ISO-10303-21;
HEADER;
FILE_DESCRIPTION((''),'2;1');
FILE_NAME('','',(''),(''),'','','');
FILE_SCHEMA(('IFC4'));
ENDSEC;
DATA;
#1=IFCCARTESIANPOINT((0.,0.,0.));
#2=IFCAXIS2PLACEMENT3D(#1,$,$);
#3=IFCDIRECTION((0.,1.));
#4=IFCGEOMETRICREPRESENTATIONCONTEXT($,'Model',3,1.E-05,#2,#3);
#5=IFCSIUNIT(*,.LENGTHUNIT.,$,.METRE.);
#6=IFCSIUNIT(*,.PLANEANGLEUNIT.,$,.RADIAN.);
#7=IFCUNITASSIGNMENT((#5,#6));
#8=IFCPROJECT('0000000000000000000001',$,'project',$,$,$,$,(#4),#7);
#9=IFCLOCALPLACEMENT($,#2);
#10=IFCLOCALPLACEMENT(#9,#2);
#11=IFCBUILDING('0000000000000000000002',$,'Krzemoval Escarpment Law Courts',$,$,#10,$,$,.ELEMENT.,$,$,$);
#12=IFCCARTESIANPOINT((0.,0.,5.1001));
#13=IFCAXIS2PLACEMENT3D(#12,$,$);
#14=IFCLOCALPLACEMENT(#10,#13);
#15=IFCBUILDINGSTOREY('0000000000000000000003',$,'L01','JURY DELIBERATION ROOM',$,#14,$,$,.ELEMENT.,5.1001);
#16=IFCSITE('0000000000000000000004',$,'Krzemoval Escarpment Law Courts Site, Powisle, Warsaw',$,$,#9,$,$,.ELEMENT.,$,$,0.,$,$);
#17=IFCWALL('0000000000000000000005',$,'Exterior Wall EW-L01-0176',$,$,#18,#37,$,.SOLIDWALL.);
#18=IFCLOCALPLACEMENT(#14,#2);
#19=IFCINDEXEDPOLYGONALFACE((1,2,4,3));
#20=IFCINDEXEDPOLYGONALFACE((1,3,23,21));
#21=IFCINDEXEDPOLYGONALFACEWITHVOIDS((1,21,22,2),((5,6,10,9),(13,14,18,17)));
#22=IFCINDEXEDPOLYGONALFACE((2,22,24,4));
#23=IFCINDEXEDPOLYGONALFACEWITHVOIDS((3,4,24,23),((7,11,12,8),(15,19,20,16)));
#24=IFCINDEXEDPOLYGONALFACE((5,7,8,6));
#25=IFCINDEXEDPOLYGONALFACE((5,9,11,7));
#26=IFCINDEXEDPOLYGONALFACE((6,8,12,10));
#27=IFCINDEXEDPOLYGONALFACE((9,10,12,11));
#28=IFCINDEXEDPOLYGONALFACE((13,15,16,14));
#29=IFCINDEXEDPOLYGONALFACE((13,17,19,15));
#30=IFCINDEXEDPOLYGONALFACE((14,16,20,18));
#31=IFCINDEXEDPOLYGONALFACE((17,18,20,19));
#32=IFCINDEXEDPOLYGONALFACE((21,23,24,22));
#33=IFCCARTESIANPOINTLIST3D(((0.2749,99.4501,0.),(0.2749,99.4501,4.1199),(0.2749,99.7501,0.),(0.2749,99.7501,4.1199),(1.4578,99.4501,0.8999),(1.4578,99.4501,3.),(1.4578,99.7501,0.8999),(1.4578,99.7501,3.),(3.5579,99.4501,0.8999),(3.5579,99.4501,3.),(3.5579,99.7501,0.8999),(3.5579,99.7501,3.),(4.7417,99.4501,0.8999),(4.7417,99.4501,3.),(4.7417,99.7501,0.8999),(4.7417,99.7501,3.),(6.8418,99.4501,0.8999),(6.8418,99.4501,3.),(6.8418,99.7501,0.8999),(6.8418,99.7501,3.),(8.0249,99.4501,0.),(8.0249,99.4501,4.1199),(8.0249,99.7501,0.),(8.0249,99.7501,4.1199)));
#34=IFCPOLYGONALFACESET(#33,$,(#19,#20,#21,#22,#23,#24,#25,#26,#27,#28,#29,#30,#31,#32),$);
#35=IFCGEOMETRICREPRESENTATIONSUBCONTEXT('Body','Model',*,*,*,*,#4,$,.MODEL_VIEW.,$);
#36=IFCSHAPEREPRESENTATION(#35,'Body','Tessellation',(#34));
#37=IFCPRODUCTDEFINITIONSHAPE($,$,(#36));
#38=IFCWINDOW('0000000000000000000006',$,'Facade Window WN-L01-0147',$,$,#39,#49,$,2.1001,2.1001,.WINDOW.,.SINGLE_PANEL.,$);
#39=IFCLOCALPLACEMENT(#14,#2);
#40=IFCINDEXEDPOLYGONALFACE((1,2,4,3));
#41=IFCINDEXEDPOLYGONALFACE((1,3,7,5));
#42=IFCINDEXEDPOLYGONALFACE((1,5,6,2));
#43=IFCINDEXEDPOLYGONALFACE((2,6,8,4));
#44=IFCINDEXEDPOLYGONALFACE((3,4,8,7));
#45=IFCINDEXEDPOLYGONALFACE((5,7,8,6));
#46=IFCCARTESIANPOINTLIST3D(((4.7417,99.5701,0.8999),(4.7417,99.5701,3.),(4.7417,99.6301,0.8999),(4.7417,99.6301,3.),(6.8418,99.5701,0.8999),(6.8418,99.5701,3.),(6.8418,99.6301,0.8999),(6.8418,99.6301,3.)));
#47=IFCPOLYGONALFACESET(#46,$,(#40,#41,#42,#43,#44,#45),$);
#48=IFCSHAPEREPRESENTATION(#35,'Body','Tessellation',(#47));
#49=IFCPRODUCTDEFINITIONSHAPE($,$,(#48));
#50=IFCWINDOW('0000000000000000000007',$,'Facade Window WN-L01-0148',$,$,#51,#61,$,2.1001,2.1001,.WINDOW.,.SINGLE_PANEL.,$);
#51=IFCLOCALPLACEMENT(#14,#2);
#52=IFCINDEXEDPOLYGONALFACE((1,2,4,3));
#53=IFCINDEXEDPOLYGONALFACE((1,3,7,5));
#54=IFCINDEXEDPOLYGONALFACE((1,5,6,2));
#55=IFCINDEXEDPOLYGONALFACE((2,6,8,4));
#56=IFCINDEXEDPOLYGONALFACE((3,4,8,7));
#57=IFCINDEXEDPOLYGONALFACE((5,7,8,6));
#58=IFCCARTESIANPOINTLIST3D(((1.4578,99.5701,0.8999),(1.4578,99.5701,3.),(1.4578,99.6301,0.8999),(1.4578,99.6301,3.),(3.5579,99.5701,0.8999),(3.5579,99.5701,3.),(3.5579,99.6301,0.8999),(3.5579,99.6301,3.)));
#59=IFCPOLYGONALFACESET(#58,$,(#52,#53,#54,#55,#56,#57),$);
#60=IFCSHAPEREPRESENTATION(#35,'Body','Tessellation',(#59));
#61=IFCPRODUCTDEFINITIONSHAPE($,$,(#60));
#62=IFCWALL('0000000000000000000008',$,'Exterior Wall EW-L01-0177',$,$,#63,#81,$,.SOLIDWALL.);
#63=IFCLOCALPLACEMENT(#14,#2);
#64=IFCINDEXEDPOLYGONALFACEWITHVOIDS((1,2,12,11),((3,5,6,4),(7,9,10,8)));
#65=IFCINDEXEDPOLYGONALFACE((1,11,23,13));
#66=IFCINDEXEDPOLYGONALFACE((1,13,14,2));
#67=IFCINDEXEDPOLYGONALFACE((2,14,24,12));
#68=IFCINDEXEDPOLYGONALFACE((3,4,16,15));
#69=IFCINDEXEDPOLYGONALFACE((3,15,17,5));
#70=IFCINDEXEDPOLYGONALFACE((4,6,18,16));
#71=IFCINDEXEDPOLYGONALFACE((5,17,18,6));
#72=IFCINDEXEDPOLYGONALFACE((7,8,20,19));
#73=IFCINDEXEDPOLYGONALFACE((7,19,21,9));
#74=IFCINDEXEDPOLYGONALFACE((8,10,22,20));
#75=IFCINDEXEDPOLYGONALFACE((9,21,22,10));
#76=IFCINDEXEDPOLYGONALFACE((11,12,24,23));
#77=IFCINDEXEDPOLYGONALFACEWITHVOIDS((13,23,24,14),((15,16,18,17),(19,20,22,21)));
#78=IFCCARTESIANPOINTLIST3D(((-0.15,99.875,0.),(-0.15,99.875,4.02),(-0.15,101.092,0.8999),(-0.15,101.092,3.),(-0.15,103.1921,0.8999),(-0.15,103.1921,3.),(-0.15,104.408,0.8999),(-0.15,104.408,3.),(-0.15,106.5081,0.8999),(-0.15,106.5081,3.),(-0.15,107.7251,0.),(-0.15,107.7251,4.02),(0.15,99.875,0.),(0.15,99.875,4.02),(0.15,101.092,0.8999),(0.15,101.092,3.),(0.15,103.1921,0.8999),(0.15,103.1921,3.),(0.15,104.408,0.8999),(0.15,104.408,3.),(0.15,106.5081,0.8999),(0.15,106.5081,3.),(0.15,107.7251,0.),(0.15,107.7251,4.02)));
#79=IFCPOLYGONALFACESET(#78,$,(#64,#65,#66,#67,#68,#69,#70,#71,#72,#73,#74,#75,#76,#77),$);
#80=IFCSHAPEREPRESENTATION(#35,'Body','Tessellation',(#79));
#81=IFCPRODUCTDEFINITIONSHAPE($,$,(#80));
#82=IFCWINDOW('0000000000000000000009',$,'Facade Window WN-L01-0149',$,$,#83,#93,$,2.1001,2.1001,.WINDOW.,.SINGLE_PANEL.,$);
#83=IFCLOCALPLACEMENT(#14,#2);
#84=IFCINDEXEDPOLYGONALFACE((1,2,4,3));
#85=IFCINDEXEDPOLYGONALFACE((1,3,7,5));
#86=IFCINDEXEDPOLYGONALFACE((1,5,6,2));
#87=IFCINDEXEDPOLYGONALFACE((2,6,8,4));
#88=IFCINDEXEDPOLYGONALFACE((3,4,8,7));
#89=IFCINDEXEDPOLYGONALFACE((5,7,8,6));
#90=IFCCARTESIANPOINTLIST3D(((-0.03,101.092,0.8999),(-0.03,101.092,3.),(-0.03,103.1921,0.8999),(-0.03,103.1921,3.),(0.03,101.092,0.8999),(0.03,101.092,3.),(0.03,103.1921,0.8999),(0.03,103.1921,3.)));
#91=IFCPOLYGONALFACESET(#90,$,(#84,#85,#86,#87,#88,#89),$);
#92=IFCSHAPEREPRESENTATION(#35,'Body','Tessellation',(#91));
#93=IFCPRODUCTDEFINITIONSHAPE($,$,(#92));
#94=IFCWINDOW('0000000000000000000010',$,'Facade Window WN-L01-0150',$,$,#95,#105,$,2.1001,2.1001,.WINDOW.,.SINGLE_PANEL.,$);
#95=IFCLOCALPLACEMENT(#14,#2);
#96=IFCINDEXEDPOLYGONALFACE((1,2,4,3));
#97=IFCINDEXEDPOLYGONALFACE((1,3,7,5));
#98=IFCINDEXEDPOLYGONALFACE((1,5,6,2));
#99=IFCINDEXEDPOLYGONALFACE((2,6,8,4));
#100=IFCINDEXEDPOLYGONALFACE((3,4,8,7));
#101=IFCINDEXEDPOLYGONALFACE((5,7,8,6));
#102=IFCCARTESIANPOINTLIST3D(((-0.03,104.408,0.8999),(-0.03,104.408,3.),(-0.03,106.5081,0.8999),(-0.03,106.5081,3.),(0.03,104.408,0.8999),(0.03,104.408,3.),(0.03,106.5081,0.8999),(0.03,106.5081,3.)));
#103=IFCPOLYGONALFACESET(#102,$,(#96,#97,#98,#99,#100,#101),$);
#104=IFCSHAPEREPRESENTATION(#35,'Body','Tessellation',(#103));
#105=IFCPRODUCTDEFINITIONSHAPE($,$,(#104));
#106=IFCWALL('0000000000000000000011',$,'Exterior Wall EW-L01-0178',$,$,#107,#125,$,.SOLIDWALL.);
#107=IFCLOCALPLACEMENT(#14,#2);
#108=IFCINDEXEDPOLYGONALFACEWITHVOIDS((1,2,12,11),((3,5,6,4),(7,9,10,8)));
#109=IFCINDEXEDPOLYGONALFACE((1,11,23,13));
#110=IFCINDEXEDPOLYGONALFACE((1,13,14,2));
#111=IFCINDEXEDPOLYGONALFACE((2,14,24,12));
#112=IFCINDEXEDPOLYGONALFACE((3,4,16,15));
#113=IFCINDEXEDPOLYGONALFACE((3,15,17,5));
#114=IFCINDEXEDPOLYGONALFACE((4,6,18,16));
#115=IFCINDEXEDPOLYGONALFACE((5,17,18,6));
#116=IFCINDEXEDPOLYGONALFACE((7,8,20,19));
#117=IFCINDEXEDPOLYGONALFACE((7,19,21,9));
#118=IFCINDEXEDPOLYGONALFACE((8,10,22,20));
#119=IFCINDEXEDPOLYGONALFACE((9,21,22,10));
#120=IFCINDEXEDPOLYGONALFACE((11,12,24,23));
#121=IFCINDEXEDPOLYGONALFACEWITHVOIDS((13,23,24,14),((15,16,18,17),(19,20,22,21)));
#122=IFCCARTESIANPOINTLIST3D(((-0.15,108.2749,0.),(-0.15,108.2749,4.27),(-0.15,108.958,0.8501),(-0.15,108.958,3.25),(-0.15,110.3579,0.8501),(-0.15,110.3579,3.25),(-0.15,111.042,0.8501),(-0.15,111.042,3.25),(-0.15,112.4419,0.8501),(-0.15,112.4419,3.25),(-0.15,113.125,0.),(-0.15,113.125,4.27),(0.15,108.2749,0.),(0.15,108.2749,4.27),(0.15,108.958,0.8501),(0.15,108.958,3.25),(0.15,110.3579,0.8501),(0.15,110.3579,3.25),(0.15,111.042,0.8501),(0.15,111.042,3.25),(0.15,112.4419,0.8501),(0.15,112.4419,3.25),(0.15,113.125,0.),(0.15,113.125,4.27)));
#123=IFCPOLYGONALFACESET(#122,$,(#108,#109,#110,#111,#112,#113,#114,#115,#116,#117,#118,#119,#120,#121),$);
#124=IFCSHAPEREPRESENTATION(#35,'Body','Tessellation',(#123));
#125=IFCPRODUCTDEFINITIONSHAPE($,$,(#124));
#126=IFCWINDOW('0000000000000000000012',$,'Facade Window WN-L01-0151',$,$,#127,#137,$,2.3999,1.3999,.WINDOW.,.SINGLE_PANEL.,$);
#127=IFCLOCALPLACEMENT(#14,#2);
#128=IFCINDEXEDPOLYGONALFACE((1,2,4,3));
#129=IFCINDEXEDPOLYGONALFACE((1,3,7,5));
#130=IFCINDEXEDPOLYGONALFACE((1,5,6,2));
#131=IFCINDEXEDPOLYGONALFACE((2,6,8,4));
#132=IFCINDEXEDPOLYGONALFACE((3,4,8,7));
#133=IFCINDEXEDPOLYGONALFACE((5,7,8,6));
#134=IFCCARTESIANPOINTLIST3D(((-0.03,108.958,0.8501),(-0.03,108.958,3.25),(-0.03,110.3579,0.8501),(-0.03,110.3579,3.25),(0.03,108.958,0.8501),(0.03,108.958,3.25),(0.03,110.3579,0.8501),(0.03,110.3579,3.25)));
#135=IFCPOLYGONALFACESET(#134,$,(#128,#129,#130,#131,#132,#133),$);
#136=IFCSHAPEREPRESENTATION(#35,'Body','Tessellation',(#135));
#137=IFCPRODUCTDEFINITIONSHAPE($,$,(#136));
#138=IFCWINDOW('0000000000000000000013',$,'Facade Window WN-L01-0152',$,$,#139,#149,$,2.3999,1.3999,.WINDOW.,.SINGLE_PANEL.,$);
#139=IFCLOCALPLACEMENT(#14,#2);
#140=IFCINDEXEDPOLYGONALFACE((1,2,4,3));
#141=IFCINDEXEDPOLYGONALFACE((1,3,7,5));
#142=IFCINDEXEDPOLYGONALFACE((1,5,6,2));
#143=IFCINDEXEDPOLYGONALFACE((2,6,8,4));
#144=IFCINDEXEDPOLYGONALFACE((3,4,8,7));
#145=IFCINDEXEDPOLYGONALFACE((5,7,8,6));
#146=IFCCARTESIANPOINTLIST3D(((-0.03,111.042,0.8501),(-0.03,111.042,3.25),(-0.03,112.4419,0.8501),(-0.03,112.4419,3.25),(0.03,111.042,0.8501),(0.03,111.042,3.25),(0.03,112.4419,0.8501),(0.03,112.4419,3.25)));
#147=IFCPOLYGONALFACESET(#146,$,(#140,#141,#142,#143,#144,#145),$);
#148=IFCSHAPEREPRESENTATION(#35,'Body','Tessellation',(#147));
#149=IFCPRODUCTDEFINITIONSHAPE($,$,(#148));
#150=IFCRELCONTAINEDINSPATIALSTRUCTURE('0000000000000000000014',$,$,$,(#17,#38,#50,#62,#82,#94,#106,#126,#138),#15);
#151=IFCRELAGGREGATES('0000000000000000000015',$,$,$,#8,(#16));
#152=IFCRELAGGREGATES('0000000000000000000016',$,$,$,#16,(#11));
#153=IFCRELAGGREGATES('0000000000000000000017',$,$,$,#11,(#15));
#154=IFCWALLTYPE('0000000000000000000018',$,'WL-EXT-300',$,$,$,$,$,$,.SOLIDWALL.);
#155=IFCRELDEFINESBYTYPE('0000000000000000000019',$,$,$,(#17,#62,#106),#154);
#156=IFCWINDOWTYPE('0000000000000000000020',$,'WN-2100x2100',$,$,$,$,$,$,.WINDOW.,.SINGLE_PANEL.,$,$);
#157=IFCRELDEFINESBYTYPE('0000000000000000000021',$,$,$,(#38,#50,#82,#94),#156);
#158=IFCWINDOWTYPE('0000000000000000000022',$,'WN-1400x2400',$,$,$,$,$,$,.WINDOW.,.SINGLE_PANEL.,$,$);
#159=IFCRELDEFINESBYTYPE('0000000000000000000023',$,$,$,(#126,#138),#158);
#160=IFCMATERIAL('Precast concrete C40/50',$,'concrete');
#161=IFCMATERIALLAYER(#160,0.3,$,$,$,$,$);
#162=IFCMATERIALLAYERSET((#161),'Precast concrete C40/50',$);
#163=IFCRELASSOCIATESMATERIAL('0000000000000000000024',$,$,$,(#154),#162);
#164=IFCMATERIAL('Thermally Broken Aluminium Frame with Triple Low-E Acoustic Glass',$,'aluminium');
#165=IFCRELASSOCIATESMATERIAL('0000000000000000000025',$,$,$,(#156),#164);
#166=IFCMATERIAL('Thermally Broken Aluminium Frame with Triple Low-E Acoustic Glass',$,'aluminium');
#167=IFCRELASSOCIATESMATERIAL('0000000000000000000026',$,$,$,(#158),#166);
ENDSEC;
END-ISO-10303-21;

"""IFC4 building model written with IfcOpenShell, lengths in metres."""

from ifc_helpers import new_model, si_unit, direction, frame, frame_2d, origin, place, context, subcontext, project, spatial, rectangle, extrude, material, layer, layer_set, type_object, element, fill, save


model = new_model("IFC4")

# Units and contexts
model_context = context("Model", 3, precision=1e-05, world=origin(), true_north=direction((0.0, 1.0)))
body_context = subcontext(model_context, "Body", "Model", "MODEL_VIEW")
ifc_project = project(units=[si_unit("LENGTHUNIT", "METRE"), si_unit("PLANEANGLEUNIT", "RADIAN")], contexts=[model_context])

# Site, building, storey
site_placement = place(None, origin())
site = spatial("IfcSite", under=ifc_project, at=site_placement, Name="Krzemoval Escarpment Law Courts Site, Powisle, Warsaw", CompositionType="ELEMENT", RefElevation=0.0)
building_placement = place(site_placement, origin())
building = spatial("IfcBuilding", under=site, at=building_placement, Name="Krzemoval Escarpment Law Courts", CompositionType="ELEMENT")
storey_placement = place(building_placement, frame((0.0, 0.0, 5.1001)))
storey = spatial("IfcBuildingStorey", under=building, at=storey_placement, Name="L01", Description="JURY DELIBERATION ROOM", CompositionType="ELEMENT", Elevation=5.1001)

# Walls, openings, windows
ifc_material_1 = material(Name="Precast concrete C40/50", Category="concrete")
ifc_layer = layer(ifc_material_1, 0.3)
ifc_layer_set = layer_set([ifc_layer], Name="Precast concrete C40/50")
wall_type = type_object("IfcWallType", Name="WL-EXT-300", PredefinedType="SOLIDWALL", material=ifc_layer_set)
wall_1_placement = place(storey_placement, frame((8.0249, 99.6001, 0.0), z_axis=(0.0, 0.0, 1.0), x_axis=(-1.0, 0.0, 0.0)))
wall_1 = element("IfcWall", 1, at=wall_1_placement, inside=storey, type_object=wall_type, Name="Exterior Wall EW-L01-0176", PredefinedType="SOLIDWALL", context=body_context, shape_type="SweptSolid", body=[
    extrude(rectangle(XDim=7.75, YDim=0.3, at=frame_2d((3.875, 0.0))), origin(), (0.0, 0.0, 1.0), 4.1199),
])
opening_1_placement = place(wall_1_placement, frame((1.1831, 0.0, 0.8999)))
opening_1 = element("IfcOpeningElement", 2, at=opening_1_placement, cuts=wall_1, PredefinedType="OPENING", context=body_context, shape_type="SweptSolid", body=[
    extrude(rectangle(XDim=2.1001, YDim=2.1001, at=frame_2d((1.05, 1.05))), frame((0.0, 0.165, 0.0), z_axis=(0.0, -1.0, 0.0), x_axis=(1.0, 0.0, 0.0)), (0.0, 0.0, 1.0), 0.3301),
])
opening_2_placement = place(wall_1_placement, frame((4.467, 0.0, 0.8999)))
opening_2 = element("IfcOpeningElement", 3, at=opening_2_placement, cuts=wall_1, PredefinedType="OPENING", context=body_context, shape_type="SweptSolid", body=[
    extrude(rectangle(XDim=2.1001, YDim=2.1001, at=frame_2d((1.05, 1.05))), frame((0.0, 0.165, 0.0), z_axis=(0.0, -1.0, 0.0), x_axis=(1.0, 0.0, 0.0)), (0.0, 0.0, 1.0), 0.3301),
])
ifc_material_2 = material(Name="Thermally Broken Aluminium Frame with Triple Low-E Acoustic Glass", Category="aluminium")
window_type_1 = type_object("IfcWindowType", Name="WN-2100x2100", PartitioningType="SINGLE_PANEL", PredefinedType="WINDOW", material=ifc_material_2)
window_1_placement = place(opening_1_placement, origin())
window_1 = element("IfcWindow", 4, at=window_1_placement, inside=storey, type_object=window_type_1, Name="Facade Window WN-L01-0147", OverallHeight=2.1001, OverallWidth=2.1001, PartitioningType="SINGLE_PANEL", PredefinedType="WINDOW", context=body_context, shape_type="SweptSolid", body=[
    extrude(rectangle(XDim=2.1001, YDim=2.1001, at=frame_2d((1.05, 1.05))), frame((0.0, 0.03, 0.0), z_axis=(0.0, -1.0, 0.0), x_axis=(1.0, 0.0, 0.0)), (0.0, 0.0, 1.0), 0.0601),
])
fill(opening_1, window_1)
window_2_placement = place(opening_2_placement, origin())
window_2 = element("IfcWindow", 5, at=window_2_placement, inside=storey, type_object=window_type_1, Name="Facade Window WN-L01-0148", OverallHeight=2.1001, OverallWidth=2.1001, PartitioningType="SINGLE_PANEL", PredefinedType="WINDOW", context=body_context, shape_type="SweptSolid", body=[
    extrude(rectangle(XDim=2.1001, YDim=2.1001, at=frame_2d((1.05, 1.05))), frame((0.0, 0.03, 0.0), z_axis=(0.0, -1.0, 0.0), x_axis=(1.0, 0.0, 0.0)), (0.0, 0.0, 1.0), 0.0601),
])
fill(opening_2, window_2)
wall_2_placement = place(storey_placement, frame((0.0, 99.875, 0.0), z_axis=(0.0, 0.0, 1.0), x_axis=(0.0, 1.0, 0.0)))
wall_2 = element("IfcWall", 6, at=wall_2_placement, inside=storey, type_object=wall_type, Name="Exterior Wall EW-L01-0177", PredefinedType="SOLIDWALL", context=body_context, shape_type="SweptSolid", body=[
    extrude(rectangle(XDim=7.8501, YDim=0.3, at=frame_2d((3.925, 0.0))), origin(), (0.0, 0.0, 1.0), 4.02),
])
opening_3_placement = place(wall_2_placement, frame((1.217, 0.0, 0.8999)))
opening_3 = element("IfcOpeningElement", 7, at=opening_3_placement, cuts=wall_2, PredefinedType="OPENING", context=body_context, shape_type="SweptSolid", body=[
    extrude(rectangle(XDim=2.1001, YDim=2.1001, at=frame_2d((1.05, 1.05))), frame((0.0, 0.165, 0.0), z_axis=(0.0, -1.0, 0.0), x_axis=(1.0, 0.0, 0.0)), (0.0, 0.0, 1.0), 0.3301),
])
opening_4_placement = place(wall_2_placement, frame((4.533, 0.0, 0.8999)))
opening_4 = element("IfcOpeningElement", 8, at=opening_4_placement, cuts=wall_2, PredefinedType="OPENING", context=body_context, shape_type="SweptSolid", body=[
    extrude(rectangle(XDim=2.1001, YDim=2.1001, at=frame_2d((1.05, 1.05))), frame((0.0, 0.165, 0.0), z_axis=(0.0, -1.0, 0.0), x_axis=(1.0, 0.0, 0.0)), (0.0, 0.0, 1.0), 0.3301),
])
window_3_placement = place(opening_3_placement, origin())
window_3 = element("IfcWindow", 9, at=window_3_placement, inside=storey, type_object=window_type_1, Name="Facade Window WN-L01-0149", OverallHeight=2.1001, OverallWidth=2.1001, PartitioningType="SINGLE_PANEL", PredefinedType="WINDOW", context=body_context, shape_type="SweptSolid", body=[
    extrude(rectangle(XDim=2.1001, YDim=2.1001, at=frame_2d((1.05, 1.05))), frame((0.0, 0.03, 0.0), z_axis=(0.0, -1.0, 0.0), x_axis=(1.0, 0.0, 0.0)), (0.0, 0.0, 1.0), 0.0601),
])
fill(opening_3, window_3)
window_4_placement = place(opening_4_placement, origin())
window_4 = element("IfcWindow", 10, at=window_4_placement, inside=storey, type_object=window_type_1, Name="Facade Window WN-L01-0150", OverallHeight=2.1001, OverallWidth=2.1001, PartitioningType="SINGLE_PANEL", PredefinedType="WINDOW", context=body_context, shape_type="SweptSolid", body=[
    extrude(rectangle(XDim=2.1001, YDim=2.1001, at=frame_2d((1.05, 1.05))), frame((0.0, 0.03, 0.0), z_axis=(0.0, -1.0, 0.0), x_axis=(1.0, 0.0, 0.0)), (0.0, 0.0, 1.0), 0.0601),
])
fill(opening_4, window_4)
wall_3_placement = place(storey_placement, frame((0.0, 108.2749, 0.0), z_axis=(0.0, 0.0, 1.0), x_axis=(0.0, 1.0, 0.0)))
wall_3 = element("IfcWall", 11, at=wall_3_placement, inside=storey, type_object=wall_type, Name="Exterior Wall EW-L01-0178", PredefinedType="SOLIDWALL", context=body_context, shape_type="SweptSolid", body=[
    extrude(rectangle(XDim=4.8501, YDim=0.3, at=frame_2d((2.425, 0.0))), origin(), (0.0, 0.0, 1.0), 4.27),
])
opening_5_placement = place(wall_3_placement, frame((0.6831, 0.0, 0.8501)))
opening_5 = element("IfcOpeningElement", 12, at=opening_5_placement, cuts=wall_3, PredefinedType="OPENING", context=body_context, shape_type="SweptSolid", body=[
    extrude(rectangle(XDim=1.3999, YDim=2.3999, at=frame_2d((0.7, 1.2))), frame((0.0, 0.165, 0.0), z_axis=(0.0, -1.0, 0.0), x_axis=(1.0, 0.0, 0.0)), (0.0, 0.0, 1.0), 0.3301),
])
opening_6_placement = place(wall_3_placement, frame((2.7671, 0.0, 0.8501)))
opening_6 = element("IfcOpeningElement", 13, at=opening_6_placement, cuts=wall_3, PredefinedType="OPENING", context=body_context, shape_type="SweptSolid", body=[
    extrude(rectangle(XDim=1.3999, YDim=2.3999, at=frame_2d((0.7, 1.2))), frame((0.0, 0.165, 0.0), z_axis=(0.0, -1.0, 0.0), x_axis=(1.0, 0.0, 0.0)), (0.0, 0.0, 1.0), 0.3301),
])
ifc_material_3 = material(Name="Thermally Broken Aluminium Frame with Triple Low-E Acoustic Glass", Category="aluminium")
window_type_2 = type_object("IfcWindowType", Name="WN-1400x2400", PartitioningType="SINGLE_PANEL", PredefinedType="WINDOW", material=ifc_material_3)
window_5_placement = place(opening_5_placement, origin())
window_5 = element("IfcWindow", 14, at=window_5_placement, inside=storey, type_object=window_type_2, Name="Facade Window WN-L01-0151", OverallHeight=2.3999, OverallWidth=1.3999, PartitioningType="SINGLE_PANEL", PredefinedType="WINDOW", context=body_context, shape_type="SweptSolid", body=[
    extrude(rectangle(XDim=1.3999, YDim=2.3999, at=frame_2d((0.7, 1.2))), frame((0.0, 0.03, 0.0), z_axis=(0.0, -1.0, 0.0), x_axis=(1.0, 0.0, 0.0)), (0.0, 0.0, 1.0), 0.0601),
])
fill(opening_5, window_5)
window_6_placement = place(opening_6_placement, origin())
window_6 = element("IfcWindow", 15, at=window_6_placement, inside=storey, type_object=window_type_2, Name="Facade Window WN-L01-0152", OverallHeight=2.3999, OverallWidth=1.3999, PartitioningType="SINGLE_PANEL", PredefinedType="WINDOW", context=body_context, shape_type="SweptSolid", body=[
    extrude(rectangle(XDim=1.3999, YDim=2.3999, at=frame_2d((0.7, 1.2))), frame((0.0, 0.03, 0.0), z_axis=(0.0, -1.0, 0.0), x_axis=(1.0, 0.0, 0.0)), (0.0, 0.0, 1.0), 0.0601),
])
fill(opening_6, window_6)

save(model, "model.ifc")
